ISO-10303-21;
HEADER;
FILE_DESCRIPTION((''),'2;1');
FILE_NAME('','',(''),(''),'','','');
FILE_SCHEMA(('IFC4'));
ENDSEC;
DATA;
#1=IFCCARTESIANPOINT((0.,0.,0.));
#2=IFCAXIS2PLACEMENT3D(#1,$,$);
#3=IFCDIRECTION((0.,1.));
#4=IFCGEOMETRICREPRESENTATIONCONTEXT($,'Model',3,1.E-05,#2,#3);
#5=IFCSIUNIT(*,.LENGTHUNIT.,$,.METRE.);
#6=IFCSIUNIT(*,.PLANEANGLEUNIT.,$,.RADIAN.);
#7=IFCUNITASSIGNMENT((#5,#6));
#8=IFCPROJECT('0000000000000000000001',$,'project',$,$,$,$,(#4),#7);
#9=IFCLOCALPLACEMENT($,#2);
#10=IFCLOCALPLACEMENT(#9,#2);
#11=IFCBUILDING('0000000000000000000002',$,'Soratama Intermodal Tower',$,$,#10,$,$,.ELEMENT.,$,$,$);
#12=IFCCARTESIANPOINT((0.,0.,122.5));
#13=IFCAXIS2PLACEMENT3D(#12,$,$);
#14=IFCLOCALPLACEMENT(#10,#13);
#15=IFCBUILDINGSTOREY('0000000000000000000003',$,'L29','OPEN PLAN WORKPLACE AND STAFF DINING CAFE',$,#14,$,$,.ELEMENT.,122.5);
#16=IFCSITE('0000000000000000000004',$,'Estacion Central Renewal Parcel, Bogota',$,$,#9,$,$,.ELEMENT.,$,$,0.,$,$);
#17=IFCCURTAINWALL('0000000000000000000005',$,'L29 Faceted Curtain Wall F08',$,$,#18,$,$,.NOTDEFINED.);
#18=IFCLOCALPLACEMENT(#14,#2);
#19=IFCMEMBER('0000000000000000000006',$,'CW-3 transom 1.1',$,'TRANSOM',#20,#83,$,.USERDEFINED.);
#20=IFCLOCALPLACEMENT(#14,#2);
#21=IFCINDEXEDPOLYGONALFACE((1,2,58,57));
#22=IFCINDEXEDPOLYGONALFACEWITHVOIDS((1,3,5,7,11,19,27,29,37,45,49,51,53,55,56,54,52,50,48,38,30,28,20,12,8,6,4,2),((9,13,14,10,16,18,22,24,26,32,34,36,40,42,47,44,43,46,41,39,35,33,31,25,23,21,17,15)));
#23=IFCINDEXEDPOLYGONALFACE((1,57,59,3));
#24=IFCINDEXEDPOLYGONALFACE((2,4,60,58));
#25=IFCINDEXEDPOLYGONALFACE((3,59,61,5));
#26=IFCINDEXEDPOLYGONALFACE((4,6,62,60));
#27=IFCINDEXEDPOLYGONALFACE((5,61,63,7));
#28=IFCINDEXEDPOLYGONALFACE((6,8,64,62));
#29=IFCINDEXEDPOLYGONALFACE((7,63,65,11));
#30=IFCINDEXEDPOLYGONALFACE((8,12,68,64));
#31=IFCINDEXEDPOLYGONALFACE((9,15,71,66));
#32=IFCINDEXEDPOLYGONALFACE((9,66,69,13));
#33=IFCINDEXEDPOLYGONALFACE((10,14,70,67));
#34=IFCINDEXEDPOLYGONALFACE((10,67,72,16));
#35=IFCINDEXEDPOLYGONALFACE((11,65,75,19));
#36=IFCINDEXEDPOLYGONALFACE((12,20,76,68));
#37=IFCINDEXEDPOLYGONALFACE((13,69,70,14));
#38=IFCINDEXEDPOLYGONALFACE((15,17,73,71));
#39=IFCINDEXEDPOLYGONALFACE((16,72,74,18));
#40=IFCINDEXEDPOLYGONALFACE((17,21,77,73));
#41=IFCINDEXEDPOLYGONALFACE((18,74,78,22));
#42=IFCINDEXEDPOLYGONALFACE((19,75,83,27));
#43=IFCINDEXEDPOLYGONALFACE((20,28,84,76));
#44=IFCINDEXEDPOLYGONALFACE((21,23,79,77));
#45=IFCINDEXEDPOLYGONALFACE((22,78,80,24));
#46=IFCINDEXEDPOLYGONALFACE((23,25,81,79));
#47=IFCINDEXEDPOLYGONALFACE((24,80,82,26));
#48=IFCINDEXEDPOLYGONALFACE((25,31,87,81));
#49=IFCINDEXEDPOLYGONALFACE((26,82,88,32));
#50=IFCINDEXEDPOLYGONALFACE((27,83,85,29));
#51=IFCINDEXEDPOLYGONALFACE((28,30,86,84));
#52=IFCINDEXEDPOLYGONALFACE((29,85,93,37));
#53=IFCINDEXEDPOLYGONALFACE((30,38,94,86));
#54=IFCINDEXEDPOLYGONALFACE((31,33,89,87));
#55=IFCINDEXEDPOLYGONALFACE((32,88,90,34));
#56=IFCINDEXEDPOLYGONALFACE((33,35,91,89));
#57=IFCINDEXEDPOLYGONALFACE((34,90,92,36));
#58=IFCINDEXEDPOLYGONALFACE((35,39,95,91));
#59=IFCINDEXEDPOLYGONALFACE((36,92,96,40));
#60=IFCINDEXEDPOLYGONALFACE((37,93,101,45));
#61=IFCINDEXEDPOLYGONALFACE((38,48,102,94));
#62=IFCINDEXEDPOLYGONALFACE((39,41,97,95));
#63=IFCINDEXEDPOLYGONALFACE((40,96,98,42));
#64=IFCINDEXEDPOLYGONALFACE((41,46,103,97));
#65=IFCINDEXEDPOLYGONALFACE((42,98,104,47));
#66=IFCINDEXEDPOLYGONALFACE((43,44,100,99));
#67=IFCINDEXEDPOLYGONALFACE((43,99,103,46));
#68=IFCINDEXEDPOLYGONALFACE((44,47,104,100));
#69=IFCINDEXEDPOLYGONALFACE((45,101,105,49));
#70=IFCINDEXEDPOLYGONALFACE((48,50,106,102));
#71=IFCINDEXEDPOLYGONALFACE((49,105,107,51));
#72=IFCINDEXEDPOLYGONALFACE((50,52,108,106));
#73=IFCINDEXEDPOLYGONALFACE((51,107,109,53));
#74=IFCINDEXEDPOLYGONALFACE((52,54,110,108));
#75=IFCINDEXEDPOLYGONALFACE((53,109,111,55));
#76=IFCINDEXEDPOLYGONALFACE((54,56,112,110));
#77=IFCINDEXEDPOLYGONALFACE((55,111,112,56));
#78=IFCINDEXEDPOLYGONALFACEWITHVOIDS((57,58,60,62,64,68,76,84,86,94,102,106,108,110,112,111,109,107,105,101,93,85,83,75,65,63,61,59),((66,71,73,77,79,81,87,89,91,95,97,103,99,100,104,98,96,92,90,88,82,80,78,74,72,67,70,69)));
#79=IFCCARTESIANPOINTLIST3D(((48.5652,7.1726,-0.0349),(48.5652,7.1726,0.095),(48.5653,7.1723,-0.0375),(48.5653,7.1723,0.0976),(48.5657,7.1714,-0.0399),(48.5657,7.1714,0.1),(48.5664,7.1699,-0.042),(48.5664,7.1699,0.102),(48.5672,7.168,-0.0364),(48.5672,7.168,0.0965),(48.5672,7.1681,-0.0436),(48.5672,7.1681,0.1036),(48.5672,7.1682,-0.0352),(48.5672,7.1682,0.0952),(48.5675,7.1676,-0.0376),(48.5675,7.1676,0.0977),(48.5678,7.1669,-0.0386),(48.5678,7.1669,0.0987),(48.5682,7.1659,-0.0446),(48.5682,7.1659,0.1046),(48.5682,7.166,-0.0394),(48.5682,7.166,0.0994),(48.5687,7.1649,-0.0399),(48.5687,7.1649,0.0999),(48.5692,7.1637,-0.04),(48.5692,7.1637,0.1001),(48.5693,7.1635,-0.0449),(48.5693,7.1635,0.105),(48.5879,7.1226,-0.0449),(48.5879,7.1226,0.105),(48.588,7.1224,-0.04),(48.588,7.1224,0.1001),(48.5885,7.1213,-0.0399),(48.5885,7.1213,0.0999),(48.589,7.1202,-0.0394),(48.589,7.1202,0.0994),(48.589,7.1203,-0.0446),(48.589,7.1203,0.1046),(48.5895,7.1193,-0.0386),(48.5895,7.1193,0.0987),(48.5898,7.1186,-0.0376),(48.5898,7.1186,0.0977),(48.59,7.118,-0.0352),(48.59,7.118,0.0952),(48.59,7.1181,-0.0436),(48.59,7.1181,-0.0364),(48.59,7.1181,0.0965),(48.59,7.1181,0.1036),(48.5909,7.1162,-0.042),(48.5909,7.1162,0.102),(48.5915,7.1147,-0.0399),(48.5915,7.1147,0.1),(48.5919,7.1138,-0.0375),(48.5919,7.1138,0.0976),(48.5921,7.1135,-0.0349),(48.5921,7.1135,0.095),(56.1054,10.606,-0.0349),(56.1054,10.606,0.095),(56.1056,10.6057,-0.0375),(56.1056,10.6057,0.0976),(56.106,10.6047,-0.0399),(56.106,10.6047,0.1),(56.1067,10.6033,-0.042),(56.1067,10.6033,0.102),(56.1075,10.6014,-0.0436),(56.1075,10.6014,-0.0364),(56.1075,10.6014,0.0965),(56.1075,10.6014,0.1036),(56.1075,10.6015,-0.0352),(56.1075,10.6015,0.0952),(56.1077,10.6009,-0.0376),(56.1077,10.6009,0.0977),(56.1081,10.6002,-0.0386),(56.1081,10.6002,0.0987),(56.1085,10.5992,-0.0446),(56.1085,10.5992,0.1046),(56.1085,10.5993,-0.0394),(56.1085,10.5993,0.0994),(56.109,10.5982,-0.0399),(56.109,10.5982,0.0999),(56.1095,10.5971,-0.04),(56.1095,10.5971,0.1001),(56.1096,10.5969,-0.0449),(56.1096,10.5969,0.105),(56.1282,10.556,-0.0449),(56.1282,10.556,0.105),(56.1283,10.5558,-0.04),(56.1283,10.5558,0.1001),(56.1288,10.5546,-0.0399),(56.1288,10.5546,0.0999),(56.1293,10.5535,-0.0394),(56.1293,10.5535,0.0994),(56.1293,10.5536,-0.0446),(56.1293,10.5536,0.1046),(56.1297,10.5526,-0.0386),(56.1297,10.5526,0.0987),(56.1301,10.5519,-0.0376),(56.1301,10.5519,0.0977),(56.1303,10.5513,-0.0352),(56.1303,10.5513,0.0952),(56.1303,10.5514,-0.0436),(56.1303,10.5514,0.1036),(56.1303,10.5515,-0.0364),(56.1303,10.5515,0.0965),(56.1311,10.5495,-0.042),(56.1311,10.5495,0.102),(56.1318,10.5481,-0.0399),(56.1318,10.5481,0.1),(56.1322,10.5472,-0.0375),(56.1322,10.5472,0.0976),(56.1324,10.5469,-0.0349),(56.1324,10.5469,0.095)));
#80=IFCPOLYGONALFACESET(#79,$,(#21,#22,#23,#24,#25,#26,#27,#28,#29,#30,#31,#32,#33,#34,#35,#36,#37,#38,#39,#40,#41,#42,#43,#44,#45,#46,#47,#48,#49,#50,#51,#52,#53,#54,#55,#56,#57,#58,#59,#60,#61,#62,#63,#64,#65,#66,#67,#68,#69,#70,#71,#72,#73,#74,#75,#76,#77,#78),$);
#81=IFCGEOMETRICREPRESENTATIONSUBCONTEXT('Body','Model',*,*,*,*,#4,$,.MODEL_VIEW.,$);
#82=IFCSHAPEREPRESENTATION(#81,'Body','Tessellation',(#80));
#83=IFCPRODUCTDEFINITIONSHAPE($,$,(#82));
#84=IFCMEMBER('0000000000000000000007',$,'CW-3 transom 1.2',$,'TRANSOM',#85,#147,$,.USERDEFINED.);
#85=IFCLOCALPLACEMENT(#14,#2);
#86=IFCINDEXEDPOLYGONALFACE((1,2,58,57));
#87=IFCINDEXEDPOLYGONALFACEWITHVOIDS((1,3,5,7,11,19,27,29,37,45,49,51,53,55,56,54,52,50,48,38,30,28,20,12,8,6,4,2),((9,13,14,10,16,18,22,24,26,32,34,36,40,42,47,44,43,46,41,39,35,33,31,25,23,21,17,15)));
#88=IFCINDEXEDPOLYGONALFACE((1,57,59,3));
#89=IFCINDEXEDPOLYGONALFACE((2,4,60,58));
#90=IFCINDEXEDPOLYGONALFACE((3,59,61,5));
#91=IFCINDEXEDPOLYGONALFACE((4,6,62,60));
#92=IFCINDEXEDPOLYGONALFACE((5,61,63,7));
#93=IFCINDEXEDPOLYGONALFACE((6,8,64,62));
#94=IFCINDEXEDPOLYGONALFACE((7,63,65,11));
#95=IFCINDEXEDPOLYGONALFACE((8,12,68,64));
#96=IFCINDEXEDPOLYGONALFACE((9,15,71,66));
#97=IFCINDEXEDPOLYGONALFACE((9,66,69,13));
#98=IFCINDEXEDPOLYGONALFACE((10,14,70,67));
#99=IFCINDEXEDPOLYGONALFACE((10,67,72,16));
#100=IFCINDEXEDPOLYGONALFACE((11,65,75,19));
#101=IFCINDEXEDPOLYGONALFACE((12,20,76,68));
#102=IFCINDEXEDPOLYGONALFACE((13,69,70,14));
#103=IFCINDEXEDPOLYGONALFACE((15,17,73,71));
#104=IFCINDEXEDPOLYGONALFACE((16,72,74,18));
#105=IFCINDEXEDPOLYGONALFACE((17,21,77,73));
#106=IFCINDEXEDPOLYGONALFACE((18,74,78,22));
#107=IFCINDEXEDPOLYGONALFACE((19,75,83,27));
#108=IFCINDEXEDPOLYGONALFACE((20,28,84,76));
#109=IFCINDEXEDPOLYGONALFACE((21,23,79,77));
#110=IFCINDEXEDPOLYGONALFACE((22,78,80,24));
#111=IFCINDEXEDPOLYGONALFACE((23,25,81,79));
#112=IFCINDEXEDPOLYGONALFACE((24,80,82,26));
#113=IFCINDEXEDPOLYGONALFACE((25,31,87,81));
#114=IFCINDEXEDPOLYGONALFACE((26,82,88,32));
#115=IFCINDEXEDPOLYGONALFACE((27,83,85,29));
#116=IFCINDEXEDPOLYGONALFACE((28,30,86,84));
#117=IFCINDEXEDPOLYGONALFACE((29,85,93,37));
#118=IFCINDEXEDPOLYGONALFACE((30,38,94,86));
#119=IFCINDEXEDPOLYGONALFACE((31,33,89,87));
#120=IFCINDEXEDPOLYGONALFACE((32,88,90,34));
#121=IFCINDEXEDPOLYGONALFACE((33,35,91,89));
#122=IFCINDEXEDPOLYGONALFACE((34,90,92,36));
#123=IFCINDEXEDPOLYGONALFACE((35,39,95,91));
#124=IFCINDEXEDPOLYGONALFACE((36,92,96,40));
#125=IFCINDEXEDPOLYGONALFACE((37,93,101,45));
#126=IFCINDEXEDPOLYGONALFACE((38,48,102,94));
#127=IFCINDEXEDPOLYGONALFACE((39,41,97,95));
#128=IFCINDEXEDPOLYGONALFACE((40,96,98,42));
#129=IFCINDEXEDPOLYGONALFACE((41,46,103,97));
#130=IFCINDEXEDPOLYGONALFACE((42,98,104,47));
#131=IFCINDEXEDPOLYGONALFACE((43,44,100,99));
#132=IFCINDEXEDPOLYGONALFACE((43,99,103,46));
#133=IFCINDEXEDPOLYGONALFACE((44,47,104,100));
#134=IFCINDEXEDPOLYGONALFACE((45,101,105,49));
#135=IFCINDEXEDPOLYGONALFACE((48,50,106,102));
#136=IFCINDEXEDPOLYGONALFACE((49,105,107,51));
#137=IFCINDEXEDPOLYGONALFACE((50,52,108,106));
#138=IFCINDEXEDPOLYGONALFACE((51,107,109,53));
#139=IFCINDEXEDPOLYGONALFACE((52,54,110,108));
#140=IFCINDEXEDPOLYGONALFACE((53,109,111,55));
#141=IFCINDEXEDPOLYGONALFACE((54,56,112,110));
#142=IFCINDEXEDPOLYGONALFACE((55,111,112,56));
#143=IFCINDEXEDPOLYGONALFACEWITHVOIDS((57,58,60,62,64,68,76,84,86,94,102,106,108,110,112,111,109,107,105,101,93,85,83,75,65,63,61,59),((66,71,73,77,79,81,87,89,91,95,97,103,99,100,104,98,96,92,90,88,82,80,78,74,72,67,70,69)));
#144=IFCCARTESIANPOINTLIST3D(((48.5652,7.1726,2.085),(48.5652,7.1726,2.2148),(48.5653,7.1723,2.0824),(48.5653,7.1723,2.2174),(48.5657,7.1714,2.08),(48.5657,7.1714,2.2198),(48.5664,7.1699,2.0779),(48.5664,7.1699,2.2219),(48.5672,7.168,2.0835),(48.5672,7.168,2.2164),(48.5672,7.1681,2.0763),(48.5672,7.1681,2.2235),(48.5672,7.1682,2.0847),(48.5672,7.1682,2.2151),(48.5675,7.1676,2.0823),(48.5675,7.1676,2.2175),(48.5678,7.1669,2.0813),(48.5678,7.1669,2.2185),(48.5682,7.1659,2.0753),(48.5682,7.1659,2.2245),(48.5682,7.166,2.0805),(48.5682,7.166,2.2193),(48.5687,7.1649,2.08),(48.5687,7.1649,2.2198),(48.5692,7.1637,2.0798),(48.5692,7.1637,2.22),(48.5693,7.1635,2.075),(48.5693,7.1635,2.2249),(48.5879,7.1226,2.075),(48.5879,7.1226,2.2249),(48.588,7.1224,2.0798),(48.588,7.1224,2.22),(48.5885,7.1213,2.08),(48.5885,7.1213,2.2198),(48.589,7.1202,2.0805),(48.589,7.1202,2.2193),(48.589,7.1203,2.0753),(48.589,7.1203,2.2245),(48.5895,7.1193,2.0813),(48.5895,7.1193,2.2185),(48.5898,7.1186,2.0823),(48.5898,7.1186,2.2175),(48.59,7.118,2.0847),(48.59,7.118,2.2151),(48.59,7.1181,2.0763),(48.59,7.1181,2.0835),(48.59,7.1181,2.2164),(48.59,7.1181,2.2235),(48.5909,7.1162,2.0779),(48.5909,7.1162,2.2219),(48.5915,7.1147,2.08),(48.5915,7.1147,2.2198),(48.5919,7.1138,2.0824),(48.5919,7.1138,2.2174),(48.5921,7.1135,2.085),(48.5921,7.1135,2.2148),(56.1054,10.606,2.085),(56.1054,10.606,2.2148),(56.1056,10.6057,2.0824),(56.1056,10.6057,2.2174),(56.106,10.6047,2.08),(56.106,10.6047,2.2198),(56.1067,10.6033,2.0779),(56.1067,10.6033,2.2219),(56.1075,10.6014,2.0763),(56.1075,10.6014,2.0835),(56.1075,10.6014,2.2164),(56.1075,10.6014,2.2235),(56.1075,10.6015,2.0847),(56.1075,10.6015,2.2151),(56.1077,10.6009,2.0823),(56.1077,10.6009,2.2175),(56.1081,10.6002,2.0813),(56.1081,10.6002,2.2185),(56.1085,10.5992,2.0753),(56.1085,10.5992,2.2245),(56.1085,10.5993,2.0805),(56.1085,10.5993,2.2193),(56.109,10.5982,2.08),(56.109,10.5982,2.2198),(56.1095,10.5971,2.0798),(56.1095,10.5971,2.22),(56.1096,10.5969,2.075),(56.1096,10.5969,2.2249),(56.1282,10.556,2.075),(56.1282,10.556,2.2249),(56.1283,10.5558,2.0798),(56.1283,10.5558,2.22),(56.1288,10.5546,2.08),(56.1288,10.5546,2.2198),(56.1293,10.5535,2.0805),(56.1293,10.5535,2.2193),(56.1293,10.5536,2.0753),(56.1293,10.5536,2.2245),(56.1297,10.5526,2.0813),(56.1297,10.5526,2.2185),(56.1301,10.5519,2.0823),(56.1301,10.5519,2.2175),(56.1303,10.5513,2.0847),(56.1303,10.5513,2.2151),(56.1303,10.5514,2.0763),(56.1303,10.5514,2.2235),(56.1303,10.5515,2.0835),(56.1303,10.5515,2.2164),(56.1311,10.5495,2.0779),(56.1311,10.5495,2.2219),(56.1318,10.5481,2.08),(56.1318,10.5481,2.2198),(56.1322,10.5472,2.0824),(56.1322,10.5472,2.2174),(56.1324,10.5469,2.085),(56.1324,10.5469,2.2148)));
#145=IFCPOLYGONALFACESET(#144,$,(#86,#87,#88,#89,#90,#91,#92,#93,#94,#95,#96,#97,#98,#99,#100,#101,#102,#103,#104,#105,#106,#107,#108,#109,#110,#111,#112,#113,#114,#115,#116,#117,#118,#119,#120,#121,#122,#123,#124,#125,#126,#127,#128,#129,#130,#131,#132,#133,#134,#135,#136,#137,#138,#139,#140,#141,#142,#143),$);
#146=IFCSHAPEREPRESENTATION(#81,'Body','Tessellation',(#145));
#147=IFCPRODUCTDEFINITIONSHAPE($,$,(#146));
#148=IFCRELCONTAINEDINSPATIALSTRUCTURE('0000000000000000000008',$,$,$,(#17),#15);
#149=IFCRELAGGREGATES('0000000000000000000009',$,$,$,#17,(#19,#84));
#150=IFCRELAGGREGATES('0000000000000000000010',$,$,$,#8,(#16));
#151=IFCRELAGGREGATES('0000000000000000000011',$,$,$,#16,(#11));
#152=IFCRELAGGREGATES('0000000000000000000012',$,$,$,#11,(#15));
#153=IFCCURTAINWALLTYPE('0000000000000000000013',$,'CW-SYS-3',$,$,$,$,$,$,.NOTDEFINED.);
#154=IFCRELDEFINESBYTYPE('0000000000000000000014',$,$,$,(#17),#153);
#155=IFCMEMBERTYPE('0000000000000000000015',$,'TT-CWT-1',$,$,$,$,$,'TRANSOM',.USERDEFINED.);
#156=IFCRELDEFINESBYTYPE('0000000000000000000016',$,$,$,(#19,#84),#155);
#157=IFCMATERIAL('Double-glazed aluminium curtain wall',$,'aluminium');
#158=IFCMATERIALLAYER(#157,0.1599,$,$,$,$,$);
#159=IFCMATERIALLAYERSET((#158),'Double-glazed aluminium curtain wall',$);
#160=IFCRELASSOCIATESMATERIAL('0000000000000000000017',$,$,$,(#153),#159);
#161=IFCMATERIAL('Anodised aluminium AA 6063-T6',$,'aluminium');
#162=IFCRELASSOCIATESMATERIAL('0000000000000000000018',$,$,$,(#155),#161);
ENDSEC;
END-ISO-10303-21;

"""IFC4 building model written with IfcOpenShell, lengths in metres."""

from ifc_helpers import new_model, si_unit, direction, frame, origin, origin_2d, place, context, subcontext, project, spatial, hollow_rectangle, extrude, material, layer, layer_set, material_profile, profile_set, type_object, element, aggregate, save


model = new_model("IFC4")

# Units and contexts
model_context = context("Model", 3, precision=1e-05, world=origin(), true_north=direction((0.0, 1.0)))
body_context = subcontext(model_context, "Body", "Model", "MODEL_VIEW")
ifc_project = project(units=[si_unit("LENGTHUNIT", "METRE"), si_unit("PLANEANGLEUNIT", "RADIAN")], contexts=[model_context])

# Site, building, storey
site_placement = place(None, origin())
site = spatial("IfcSite", under=ifc_project, at=site_placement, Name="Estacion Central Renewal Parcel, Bogota", CompositionType="ELEMENT", RefElevation=0.0)
building_placement = place(site_placement, origin())
building = spatial("IfcBuilding", under=site, at=building_placement, Name="Soratama Intermodal Tower", CompositionType="ELEMENT")
storey_placement = place(building_placement, frame((0.0, 0.0, 122.5)))
storey = spatial("IfcBuildingStorey", under=building, at=storey_placement, Name="L29", Description="OPEN PLAN WORKPLACE AND STAFF DINING CAFE", CompositionType="ELEMENT", Elevation=122.5)

# Curtain wall
ifc_material_1 = material(Name="Double-glazed aluminium curtain wall", Category="aluminium")
ifc_layer_1 = layer(ifc_material_1, 0.1599)
ifc_layer_set_1 = layer_set([ifc_layer_1], Name="Double-glazed aluminium curtain wall")
curtain_wall_type = type_object("IfcCurtainWallType", Name="CW-SYS-3", PredefinedType="NOTDEFINED", material=ifc_layer_set_1)
curtain_wall_1_placement = place(storey_placement, origin())
curtain_wall_1 = element("IfcCurtainWall", 1, at=curtain_wall_1_placement, inside=storey, type_object=curtain_wall_type, Name="L29 Faceted Curtain Wall F08", PredefinedType="NOTDEFINED")

# Members
ifc_material_2 = material(Name="Anodised aluminium AA 6063-T6", Category="aluminium")
ifc_material_profile_1 = material_profile(ifc_material_2, hollow_rectangle(XDim=0.0649, YDim=0.1499, WallThickness=0.0049, InnerFilletRadius=0.0049, OuterFilletRadius=0.01, at=origin_2d()), Name="CWT150X65X5")
ifc_profile_set_1 = profile_set([ifc_material_profile_1], Name="Anodised aluminium AA 6063-T6")
member_type_1 = type_object("IfcMemberType", Name="TT-CWT-1", ElementType="TRANSOM", PredefinedType="USERDEFINED", material=ifc_profile_set_1)
member_1_placement = place(storey_placement, frame((48.5786, 7.1431, 0.03), z_axis=(0.910096, 0.414398, 0.0), x_axis=(-0.414398, 0.910096, 0.0)))
member_1 = element("IfcMember", 2, at=member_1_placement, type_object=member_type_1, Name="CW-3 transom 1.1", ObjectType="TRANSOM", PredefinedType="USERDEFINED", context=body_context, shape_type="SweptSolid", body=[
    extrude(hollow_rectangle(XDim=0.0649, YDim=0.1499, WallThickness=0.0049, InnerFilletRadius=0.0049, OuterFilletRadius=0.01, at=origin_2d()), origin(), (0.0, 0.0, 1.0), 8.2852),
])
member_2_placement = place(storey_placement, frame((48.5786, 7.1431, 2.1499), z_axis=(0.910096, 0.414398, 0.0), x_axis=(-0.414398, 0.910096, 0.0)))
member_2 = element("IfcMember", 3, at=member_2_placement, type_object=member_type_1, Name="CW-3 transom 1.2", ObjectType="TRANSOM", PredefinedType="USERDEFINED", context=body_context, shape_type="SweptSolid", body=[
    extrude(hollow_rectangle(XDim=0.0649, YDim=0.1499, WallThickness=0.0049, InnerFilletRadius=0.0049, OuterFilletRadius=0.01, at=origin_2d()), origin(), (0.0, 0.0, 1.0), 8.2852),
])

aggregate(curtain_wall_1, [member_1, member_2])

save(model, "model.ifc")
